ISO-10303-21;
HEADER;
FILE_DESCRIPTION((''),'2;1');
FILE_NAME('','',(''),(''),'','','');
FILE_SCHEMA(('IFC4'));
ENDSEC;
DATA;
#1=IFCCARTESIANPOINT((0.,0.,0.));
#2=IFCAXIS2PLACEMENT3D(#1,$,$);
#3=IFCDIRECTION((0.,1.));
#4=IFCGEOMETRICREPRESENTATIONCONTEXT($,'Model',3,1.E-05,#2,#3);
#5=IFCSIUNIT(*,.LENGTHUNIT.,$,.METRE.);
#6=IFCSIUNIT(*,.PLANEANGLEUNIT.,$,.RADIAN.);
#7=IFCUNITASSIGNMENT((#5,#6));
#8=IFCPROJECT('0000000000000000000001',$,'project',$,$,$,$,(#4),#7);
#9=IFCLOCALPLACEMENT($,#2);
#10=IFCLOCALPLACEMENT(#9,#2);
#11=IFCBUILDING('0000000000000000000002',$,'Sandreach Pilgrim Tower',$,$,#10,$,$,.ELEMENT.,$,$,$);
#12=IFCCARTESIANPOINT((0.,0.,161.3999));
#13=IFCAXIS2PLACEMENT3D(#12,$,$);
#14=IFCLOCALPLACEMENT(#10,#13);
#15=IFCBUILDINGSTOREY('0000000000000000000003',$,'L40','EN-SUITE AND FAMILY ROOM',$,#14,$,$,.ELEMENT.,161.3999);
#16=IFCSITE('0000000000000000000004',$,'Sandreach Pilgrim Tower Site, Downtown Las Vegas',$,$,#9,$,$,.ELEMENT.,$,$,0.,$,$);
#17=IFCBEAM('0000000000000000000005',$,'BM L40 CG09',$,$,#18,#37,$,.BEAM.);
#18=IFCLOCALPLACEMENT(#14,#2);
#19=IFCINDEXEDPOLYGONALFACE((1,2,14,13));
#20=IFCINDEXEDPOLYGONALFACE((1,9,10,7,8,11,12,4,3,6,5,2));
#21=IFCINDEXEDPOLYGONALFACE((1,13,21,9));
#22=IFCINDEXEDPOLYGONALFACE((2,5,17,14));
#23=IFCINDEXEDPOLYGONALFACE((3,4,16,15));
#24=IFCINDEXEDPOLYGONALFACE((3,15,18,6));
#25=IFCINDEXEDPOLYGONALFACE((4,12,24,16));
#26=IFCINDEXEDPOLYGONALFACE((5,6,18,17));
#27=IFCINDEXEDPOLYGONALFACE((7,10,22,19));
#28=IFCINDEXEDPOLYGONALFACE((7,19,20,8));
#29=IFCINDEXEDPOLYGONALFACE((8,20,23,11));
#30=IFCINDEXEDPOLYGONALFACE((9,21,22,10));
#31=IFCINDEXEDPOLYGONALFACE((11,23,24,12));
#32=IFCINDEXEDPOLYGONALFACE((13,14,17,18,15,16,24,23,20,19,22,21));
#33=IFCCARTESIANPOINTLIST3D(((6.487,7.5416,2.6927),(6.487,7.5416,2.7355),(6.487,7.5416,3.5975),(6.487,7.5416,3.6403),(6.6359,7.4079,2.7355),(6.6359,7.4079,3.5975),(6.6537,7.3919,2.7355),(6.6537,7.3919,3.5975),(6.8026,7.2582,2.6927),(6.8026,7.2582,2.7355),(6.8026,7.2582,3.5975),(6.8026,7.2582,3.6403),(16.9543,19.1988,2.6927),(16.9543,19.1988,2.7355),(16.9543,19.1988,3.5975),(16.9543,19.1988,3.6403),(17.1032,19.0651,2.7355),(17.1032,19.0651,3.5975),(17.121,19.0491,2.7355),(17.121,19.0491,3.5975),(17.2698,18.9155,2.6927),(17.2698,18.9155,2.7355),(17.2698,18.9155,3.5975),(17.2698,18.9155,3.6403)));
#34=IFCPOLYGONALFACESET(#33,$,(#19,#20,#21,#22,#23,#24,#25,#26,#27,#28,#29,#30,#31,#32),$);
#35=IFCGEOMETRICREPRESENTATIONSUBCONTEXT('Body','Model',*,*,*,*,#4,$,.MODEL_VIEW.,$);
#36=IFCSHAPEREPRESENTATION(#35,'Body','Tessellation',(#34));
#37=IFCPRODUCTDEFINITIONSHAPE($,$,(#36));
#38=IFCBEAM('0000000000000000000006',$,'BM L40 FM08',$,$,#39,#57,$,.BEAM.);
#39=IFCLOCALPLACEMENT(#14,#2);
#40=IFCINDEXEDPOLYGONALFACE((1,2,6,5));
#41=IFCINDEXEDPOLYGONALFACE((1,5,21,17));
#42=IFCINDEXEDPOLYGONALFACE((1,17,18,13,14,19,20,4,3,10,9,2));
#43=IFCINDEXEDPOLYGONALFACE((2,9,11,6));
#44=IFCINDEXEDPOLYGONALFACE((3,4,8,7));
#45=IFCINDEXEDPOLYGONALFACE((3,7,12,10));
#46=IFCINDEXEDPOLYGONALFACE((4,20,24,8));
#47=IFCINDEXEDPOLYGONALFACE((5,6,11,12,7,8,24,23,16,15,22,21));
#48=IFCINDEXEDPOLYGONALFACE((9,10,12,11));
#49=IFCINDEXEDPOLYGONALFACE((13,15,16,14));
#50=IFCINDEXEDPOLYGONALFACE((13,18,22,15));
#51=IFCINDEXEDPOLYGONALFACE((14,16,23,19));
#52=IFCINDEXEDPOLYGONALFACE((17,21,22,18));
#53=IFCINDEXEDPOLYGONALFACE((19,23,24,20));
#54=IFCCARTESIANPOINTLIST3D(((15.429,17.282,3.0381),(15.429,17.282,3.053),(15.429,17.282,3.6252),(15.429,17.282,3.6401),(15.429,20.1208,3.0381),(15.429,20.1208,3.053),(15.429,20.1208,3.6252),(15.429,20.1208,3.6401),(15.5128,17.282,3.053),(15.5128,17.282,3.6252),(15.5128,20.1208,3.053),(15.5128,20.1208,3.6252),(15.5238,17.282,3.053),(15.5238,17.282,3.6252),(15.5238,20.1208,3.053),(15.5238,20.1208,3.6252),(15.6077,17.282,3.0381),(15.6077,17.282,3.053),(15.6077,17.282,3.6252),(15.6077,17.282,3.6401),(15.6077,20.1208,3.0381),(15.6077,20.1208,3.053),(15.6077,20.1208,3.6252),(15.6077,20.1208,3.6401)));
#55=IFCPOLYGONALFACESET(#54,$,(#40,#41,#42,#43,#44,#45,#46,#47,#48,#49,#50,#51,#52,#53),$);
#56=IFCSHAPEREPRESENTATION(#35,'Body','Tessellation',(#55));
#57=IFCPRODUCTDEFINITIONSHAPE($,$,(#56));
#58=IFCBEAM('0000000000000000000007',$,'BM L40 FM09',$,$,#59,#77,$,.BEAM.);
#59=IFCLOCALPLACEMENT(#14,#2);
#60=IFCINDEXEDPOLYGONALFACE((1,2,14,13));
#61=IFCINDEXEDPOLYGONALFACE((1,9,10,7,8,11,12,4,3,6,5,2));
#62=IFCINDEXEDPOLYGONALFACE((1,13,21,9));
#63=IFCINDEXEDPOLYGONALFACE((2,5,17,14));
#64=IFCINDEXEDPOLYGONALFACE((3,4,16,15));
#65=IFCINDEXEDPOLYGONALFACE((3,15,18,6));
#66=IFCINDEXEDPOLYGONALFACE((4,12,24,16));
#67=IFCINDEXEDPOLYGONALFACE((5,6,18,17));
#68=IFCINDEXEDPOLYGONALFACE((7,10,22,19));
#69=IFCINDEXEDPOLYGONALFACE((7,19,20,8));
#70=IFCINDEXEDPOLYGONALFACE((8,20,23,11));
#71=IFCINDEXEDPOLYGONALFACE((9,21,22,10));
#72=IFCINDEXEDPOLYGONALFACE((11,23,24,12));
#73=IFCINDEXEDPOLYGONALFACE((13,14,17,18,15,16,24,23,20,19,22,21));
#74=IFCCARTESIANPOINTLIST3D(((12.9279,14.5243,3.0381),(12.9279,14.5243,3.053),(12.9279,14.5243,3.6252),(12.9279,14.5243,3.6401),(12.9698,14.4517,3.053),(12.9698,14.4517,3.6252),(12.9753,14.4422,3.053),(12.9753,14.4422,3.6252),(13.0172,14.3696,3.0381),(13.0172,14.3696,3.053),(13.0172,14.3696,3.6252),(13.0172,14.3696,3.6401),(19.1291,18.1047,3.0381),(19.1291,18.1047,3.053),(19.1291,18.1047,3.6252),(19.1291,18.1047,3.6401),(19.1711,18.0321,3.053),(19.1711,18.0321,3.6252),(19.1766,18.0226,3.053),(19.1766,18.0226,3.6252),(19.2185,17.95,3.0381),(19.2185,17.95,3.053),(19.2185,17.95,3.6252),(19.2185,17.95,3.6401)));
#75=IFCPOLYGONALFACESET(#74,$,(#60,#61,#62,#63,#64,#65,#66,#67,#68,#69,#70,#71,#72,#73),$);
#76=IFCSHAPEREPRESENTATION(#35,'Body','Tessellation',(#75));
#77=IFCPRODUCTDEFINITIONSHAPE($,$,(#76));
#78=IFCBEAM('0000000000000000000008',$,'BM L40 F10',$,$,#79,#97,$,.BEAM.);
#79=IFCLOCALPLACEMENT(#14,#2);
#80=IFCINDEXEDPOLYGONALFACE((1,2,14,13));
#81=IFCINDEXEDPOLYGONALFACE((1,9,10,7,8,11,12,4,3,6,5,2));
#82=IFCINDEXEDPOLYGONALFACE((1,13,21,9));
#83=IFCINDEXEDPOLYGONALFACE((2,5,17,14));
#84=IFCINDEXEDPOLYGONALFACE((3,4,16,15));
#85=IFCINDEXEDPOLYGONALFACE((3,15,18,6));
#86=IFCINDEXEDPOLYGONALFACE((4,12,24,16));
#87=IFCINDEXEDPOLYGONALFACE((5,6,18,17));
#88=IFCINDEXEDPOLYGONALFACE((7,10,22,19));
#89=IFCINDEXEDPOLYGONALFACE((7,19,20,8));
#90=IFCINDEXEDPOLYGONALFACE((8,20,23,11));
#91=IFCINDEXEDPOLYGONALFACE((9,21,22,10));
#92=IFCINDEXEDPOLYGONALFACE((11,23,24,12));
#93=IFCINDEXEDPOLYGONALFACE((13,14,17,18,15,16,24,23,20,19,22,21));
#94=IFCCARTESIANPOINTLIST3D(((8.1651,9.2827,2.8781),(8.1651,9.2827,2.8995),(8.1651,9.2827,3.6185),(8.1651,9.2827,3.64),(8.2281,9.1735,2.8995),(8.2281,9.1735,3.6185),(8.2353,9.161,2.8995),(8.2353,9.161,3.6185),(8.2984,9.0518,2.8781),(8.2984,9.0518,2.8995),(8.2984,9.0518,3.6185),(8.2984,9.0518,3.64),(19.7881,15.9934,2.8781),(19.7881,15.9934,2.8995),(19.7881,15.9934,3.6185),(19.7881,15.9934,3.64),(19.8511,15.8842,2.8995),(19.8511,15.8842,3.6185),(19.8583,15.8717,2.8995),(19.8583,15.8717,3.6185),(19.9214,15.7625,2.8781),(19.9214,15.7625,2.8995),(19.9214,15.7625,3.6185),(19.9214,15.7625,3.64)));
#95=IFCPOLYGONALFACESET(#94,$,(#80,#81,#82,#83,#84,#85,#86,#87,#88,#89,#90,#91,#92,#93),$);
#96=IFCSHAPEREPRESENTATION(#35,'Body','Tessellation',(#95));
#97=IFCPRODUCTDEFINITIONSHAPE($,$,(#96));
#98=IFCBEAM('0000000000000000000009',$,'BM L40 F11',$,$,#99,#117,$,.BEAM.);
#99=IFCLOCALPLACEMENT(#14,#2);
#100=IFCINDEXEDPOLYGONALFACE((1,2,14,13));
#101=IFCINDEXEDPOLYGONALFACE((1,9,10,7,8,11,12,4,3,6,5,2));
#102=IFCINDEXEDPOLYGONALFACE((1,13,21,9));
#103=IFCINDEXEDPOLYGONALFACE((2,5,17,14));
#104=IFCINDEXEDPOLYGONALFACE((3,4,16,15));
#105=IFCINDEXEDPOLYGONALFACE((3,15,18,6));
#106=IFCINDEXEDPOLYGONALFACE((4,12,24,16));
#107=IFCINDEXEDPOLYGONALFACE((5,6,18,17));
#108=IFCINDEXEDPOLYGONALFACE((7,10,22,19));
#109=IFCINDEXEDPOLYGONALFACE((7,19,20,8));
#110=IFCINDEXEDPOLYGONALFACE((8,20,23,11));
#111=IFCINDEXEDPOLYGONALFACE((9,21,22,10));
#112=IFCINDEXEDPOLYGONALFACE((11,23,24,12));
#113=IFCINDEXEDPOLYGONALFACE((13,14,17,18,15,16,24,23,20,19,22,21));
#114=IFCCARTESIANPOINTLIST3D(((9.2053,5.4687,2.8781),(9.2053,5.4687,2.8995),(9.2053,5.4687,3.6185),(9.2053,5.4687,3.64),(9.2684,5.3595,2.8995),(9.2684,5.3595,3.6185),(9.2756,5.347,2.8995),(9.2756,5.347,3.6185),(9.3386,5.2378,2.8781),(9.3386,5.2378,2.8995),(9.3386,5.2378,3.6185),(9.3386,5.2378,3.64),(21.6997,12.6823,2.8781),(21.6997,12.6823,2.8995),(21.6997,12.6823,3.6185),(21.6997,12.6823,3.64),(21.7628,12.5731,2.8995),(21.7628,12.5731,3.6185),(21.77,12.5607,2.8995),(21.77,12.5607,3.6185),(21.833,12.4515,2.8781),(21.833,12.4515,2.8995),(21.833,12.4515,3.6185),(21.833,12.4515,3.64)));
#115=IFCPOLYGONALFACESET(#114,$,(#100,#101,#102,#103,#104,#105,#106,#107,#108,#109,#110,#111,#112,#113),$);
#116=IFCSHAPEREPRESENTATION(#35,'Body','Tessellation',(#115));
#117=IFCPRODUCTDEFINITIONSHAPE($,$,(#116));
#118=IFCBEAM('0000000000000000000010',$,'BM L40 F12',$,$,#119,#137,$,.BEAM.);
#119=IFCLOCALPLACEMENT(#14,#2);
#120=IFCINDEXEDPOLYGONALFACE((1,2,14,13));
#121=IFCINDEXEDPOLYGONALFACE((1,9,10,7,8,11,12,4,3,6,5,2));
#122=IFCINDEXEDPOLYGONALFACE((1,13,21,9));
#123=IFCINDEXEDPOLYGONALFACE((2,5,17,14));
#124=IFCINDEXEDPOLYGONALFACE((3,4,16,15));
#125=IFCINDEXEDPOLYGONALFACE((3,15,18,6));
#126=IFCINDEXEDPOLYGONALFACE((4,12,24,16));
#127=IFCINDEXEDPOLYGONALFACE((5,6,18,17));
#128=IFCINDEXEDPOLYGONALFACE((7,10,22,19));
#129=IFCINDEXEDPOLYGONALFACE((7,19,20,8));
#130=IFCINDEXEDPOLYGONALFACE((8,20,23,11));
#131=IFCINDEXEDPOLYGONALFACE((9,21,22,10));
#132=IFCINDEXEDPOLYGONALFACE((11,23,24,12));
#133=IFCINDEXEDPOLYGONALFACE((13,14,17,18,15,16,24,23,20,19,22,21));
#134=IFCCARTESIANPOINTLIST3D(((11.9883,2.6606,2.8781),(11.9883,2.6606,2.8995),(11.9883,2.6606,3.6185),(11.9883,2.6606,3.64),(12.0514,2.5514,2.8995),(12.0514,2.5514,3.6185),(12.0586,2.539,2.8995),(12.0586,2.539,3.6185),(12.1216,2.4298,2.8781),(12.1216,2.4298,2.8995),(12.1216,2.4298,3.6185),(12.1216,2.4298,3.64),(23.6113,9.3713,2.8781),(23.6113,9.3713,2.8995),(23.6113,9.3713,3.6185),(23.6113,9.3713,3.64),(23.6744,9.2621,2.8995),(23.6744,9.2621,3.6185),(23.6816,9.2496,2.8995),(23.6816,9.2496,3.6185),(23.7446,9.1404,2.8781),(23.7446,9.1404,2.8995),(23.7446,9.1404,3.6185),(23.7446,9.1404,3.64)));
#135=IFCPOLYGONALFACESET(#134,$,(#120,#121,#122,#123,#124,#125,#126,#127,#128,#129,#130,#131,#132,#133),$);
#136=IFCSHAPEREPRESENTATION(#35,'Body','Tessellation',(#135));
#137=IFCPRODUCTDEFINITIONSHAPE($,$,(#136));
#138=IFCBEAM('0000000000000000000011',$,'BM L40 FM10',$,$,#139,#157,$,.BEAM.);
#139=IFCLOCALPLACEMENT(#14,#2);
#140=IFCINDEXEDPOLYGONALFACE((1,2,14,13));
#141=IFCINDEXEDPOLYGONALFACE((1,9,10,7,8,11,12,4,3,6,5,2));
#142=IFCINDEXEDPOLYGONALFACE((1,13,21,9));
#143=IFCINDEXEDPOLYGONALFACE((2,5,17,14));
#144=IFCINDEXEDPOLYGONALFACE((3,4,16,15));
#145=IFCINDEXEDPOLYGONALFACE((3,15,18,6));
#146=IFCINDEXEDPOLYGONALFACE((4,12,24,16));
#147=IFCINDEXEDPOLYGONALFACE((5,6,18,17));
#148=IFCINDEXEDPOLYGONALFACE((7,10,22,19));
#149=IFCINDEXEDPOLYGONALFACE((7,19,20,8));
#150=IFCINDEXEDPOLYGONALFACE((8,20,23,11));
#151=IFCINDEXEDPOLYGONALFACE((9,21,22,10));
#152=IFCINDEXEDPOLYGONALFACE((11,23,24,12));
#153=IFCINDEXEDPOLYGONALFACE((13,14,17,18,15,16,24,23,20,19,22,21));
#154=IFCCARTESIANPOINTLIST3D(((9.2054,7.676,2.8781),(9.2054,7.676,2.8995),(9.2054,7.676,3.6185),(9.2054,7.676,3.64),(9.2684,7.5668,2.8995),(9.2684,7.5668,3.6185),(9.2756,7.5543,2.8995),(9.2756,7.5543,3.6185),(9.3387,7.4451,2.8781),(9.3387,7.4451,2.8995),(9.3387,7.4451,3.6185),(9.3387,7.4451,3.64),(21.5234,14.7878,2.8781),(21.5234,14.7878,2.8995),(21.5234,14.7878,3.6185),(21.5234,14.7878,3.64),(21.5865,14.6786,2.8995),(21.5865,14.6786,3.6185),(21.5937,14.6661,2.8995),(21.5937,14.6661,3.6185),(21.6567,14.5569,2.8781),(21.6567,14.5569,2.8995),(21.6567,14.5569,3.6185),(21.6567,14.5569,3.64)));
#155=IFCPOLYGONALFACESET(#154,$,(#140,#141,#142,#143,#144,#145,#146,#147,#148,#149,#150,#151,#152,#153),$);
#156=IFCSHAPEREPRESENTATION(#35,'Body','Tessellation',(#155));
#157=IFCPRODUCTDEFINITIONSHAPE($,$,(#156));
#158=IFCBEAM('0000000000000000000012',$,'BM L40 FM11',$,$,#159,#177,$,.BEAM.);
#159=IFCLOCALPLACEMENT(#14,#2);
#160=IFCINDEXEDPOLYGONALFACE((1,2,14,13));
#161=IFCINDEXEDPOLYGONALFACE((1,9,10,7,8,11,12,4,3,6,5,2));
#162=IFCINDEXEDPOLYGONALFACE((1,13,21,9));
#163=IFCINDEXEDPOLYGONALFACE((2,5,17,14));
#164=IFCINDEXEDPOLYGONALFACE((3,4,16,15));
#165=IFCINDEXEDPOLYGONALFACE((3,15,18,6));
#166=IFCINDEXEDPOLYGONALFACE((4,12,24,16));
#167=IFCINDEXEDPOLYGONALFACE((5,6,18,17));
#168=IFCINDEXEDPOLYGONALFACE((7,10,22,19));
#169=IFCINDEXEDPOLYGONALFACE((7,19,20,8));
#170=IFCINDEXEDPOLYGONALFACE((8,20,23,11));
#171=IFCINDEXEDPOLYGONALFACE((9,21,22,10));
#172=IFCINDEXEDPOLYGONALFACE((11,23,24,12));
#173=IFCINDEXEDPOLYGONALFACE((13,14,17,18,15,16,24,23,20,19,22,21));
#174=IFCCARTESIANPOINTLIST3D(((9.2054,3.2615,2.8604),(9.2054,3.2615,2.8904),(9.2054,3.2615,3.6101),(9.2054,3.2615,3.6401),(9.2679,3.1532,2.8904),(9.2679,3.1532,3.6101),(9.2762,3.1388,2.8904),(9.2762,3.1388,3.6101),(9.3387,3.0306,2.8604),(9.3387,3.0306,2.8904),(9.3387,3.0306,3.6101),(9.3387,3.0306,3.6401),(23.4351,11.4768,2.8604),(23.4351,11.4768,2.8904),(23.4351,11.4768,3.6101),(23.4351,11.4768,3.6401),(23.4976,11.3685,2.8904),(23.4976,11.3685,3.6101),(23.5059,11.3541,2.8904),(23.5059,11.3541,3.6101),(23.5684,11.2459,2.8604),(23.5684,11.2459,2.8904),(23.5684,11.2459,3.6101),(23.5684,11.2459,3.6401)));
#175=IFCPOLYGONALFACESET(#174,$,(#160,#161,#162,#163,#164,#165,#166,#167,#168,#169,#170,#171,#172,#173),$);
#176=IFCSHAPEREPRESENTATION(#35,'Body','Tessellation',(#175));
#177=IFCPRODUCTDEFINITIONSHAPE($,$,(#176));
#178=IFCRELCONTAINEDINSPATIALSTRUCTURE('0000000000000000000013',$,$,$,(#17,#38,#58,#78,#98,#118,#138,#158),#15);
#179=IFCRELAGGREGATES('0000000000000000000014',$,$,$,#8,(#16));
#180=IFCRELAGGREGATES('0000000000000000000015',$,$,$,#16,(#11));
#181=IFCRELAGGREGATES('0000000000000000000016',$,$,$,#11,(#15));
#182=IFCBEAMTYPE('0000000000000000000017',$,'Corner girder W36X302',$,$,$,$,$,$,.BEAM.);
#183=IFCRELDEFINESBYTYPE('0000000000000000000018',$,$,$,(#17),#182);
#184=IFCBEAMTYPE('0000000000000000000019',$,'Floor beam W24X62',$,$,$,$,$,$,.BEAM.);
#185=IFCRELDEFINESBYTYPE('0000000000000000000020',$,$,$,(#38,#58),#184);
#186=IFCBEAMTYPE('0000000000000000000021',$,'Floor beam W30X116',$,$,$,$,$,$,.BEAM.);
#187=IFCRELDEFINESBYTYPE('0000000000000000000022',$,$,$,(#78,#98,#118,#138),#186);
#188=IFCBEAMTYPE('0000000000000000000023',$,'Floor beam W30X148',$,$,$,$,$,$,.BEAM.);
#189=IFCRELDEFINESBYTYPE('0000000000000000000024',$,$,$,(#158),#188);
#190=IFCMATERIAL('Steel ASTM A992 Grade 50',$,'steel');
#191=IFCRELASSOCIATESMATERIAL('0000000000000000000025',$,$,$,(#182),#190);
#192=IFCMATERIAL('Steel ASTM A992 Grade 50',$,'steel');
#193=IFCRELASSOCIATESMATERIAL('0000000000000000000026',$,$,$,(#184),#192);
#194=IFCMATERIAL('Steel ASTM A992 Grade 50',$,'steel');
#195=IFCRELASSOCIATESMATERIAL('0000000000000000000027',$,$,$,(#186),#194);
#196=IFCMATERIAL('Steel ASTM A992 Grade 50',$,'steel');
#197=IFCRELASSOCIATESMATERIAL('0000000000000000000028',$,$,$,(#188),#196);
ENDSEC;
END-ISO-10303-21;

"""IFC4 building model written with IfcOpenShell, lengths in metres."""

from ifc_helpers import new_model, si_unit, direction, frame, origin, origin_2d, place, context, subcontext, project, spatial, i_section, extrude, material, material_profile, profile_set, type_object, element, save


model = new_model("IFC4")

# Units and contexts
model_context = context("Model", 3, precision=1e-05, world=origin(), true_north=direction((0.0, 1.0)))
body_context = subcontext(model_context, "Body", "Model", "MODEL_VIEW")
ifc_project = project(units=[si_unit("LENGTHUNIT", "METRE"), si_unit("PLANEANGLEUNIT", "RADIAN")], contexts=[model_context])

# Site, building, storey
site_placement = place(None, origin())
site = spatial("IfcSite", under=ifc_project, at=site_placement, Name="Sandreach Pilgrim Tower Site, Downtown Las Vegas", CompositionType="ELEMENT", RefElevation=0.0)
building_placement = place(site_placement, origin())
building = spatial("IfcBuilding", under=site, at=building_placement, Name="Sandreach Pilgrim Tower", CompositionType="ELEMENT")
storey_placement = place(building_placement, frame((0.0, 0.0, 161.3999)))
storey = spatial("IfcBuildingStorey", under=building, at=storey_placement, Name="L40", Description="EN-SUITE AND FAMILY ROOM", CompositionType="ELEMENT", Elevation=161.3999)

# Beams
ifc_material_1 = material(Name="Steel ASTM A992 Grade 50", Category="steel")
ifc_material_profile_1 = material_profile(ifc_material_1, i_section(OverallWidth=0.4241, OverallDepth=0.9475, WebThickness=0.0239, FlangeThickness=0.0427, at=origin_2d()), Name="W36X302")
ifc_profile_set_1 = profile_set([ifc_material_profile_1], Name="Steel ASTM A992 Grade 50")
beam_type_1 = type_object("IfcBeamType", Name="Corner girder W36X302", PredefinedType="BEAM", material=ifc_profile_set_1)
beam_1_placement = place(storey_placement, frame((17.1121, 19.0571, 3.1665), z_axis=(-0.66811, -0.744062, 0.0), x_axis=(0.744062, -0.66811, 0.0)))
element("IfcBeam", 1, at=beam_1_placement, inside=storey, type_object=beam_type_1, Name="BM L40 CG09", PredefinedType="BEAM", context=body_context, shape_type="SweptSolid", body=[
    extrude(i_section(OverallWidth=0.4241, OverallDepth=0.9475, WebThickness=0.0239, FlangeThickness=0.0427, at=origin_2d()), origin(), (0.0, 0.0, 1.0), 15.667),
])
ifc_material_2 = material(Name="Steel ASTM A992 Grade 50", Category="steel")
ifc_material_profile_2 = material_profile(ifc_material_2, i_section(OverallWidth=0.1787, OverallDepth=0.6021, WebThickness=0.011, FlangeThickness=0.0149, at=origin_2d()), Name="W24X62")
ifc_profile_set_2 = profile_set([ifc_material_profile_2], Name="Steel ASTM A992 Grade 50")
beam_type_2 = type_object("IfcBeamType", Name="Floor beam W24X62", PredefinedType="BEAM", material=ifc_profile_set_2)
beam_2_placement = place(storey_placement, frame((15.5183, 20.1208, 3.3391), z_axis=(0.0, -1.0, 0.0), x_axis=(1.0, 0.0, 0.0)))
element("IfcBeam", 2, at=beam_2_placement, inside=storey, type_object=beam_type_2, Name="BM L40 FM08", PredefinedType="BEAM", context=body_context, shape_type="SweptSolid", body=[
    extrude(i_section(OverallWidth=0.1787, OverallDepth=0.6021, WebThickness=0.011, FlangeThickness=0.0149, at=origin_2d()), origin(), (0.0, 0.0, 1.0), 2.8389),
])
beam_3_placement = place(storey_placement, frame((19.1738, 18.0273, 3.3391), z_axis=(-0.866021, -0.500008, 0.0), x_axis=(0.500008, -0.866021, 0.0)))
element("IfcBeam", 3, at=beam_3_placement, inside=storey, type_object=beam_type_2, Name="BM L40 FM09", PredefinedType="BEAM", context=body_context, shape_type="SweptSolid", body=[
    extrude(i_section(OverallWidth=0.1787, OverallDepth=0.6021, WebThickness=0.011, FlangeThickness=0.0149, at=origin_2d()), origin(), (0.0, 0.0, 1.0), 7.1606),
])
ifc_material_3 = material(Name="Steel ASTM A992 Grade 50", Category="steel")
ifc_material_profile_3 = material_profile(ifc_material_3, i_section(OverallWidth=0.2666, OverallDepth=0.762, WebThickness=0.0144, FlangeThickness=0.0215, at=origin_2d()), Name="W30X116")
ifc_profile_set_3 = profile_set([ifc_material_profile_3], Name="Steel ASTM A992 Grade 50")
beam_type_3 = type_object("IfcBeamType", Name="Floor beam W30X116", PredefinedType="BEAM", material=ifc_profile_set_3)
beam_4_placement = place(storey_placement, frame((19.8547, 15.8779, 3.259), z_axis=(-0.866021, -0.500007, 0.0), x_axis=(0.500007, -0.866021, 0.0)))
element("IfcBeam", 4, at=beam_4_placement, inside=storey, type_object=beam_type_3, Name="BM L40 F10", PredefinedType="BEAM", context=body_context, shape_type="SweptSolid", body=[
    extrude(i_section(OverallWidth=0.2666, OverallDepth=0.762, WebThickness=0.0144, FlangeThickness=0.0215, at=origin_2d()), origin(), (0.0, 0.0, 1.0), 13.4211),
])
beam_5_placement = place(storey_placement, frame((21.7664, 12.5669, 3.259), z_axis=(-0.866026, -0.499999, 0.0), x_axis=(0.499999, -0.866026, 0.0)))
element("IfcBeam", 5, at=beam_5_placement, inside=storey, type_object=beam_type_3, Name="BM L40 F11", PredefinedType="BEAM", context=body_context, shape_type="SweptSolid", body=[
    extrude(i_section(OverallWidth=0.2666, OverallDepth=0.762, WebThickness=0.0144, FlangeThickness=0.0215, at=origin_2d()), origin(), (0.0, 0.0, 1.0), 14.4272),
])
beam_6_placement = place(storey_placement, frame((23.678, 9.2559, 3.259), z_axis=(-0.866021, -0.500007, 0.0), x_axis=(0.500007, -0.866021, 0.0)))
element("IfcBeam", 6, at=beam_6_placement, inside=storey, type_object=beam_type_3, Name="BM L40 F12", PredefinedType="BEAM", context=body_context, shape_type="SweptSolid", body=[
    extrude(i_section(OverallWidth=0.2666, OverallDepth=0.762, WebThickness=0.0144, FlangeThickness=0.0215, at=origin_2d()), origin(), (0.0, 0.0, 1.0), 13.4211),
])
beam_7_placement = place(storey_placement, frame((21.5901, 14.6724, 3.259), z_axis=(-0.866027, -0.499997, 0.0), x_axis=(0.499997, -0.866027, 0.0)))
element("IfcBeam", 7, at=beam_7_placement, inside=storey, type_object=beam_type_3, Name="BM L40 FM10", PredefinedType="BEAM", context=body_context, shape_type="SweptSolid", body=[
    extrude(i_section(OverallWidth=0.2666, OverallDepth=0.762, WebThickness=0.0144, FlangeThickness=0.0215, at=origin_2d()), origin(), (0.0, 0.0, 1.0), 14.2236),
])
ifc_material_4 = material(Name="Steel ASTM A992 Grade 50", Category="steel")
ifc_material_profile_4 = material_profile(ifc_material_4, i_section(OverallWidth=0.2666, OverallDepth=0.7798, WebThickness=0.0166, FlangeThickness=0.03, at=origin_2d()), Name="W30X148")
ifc_profile_set_4 = profile_set([ifc_material_profile_4], Name="Steel ASTM A992 Grade 50")
beam_type_4 = type_object("IfcBeamType", Name="Floor beam W30X148", PredefinedType="BEAM", material=ifc_profile_set_4)
beam_8_placement = place(storey_placement, frame((23.5017, 11.3613, 3.2502), z_axis=(-0.866031, -0.49999, 0.0), x_axis=(0.49999, -0.866031, 0.0)))
element("IfcBeam", 8, at=beam_8_placement, inside=storey, type_object=beam_type_4, Name="BM L40 FM11", PredefinedType="BEAM", context=body_context, shape_type="SweptSolid", body=[
    extrude(i_section(OverallWidth=0.2666, OverallDepth=0.7798, WebThickness=0.0166, FlangeThickness=0.03, at=origin_2d()), origin(), (0.0, 0.0, 1.0), 16.4309),
])

save(model, "model.ifc")
